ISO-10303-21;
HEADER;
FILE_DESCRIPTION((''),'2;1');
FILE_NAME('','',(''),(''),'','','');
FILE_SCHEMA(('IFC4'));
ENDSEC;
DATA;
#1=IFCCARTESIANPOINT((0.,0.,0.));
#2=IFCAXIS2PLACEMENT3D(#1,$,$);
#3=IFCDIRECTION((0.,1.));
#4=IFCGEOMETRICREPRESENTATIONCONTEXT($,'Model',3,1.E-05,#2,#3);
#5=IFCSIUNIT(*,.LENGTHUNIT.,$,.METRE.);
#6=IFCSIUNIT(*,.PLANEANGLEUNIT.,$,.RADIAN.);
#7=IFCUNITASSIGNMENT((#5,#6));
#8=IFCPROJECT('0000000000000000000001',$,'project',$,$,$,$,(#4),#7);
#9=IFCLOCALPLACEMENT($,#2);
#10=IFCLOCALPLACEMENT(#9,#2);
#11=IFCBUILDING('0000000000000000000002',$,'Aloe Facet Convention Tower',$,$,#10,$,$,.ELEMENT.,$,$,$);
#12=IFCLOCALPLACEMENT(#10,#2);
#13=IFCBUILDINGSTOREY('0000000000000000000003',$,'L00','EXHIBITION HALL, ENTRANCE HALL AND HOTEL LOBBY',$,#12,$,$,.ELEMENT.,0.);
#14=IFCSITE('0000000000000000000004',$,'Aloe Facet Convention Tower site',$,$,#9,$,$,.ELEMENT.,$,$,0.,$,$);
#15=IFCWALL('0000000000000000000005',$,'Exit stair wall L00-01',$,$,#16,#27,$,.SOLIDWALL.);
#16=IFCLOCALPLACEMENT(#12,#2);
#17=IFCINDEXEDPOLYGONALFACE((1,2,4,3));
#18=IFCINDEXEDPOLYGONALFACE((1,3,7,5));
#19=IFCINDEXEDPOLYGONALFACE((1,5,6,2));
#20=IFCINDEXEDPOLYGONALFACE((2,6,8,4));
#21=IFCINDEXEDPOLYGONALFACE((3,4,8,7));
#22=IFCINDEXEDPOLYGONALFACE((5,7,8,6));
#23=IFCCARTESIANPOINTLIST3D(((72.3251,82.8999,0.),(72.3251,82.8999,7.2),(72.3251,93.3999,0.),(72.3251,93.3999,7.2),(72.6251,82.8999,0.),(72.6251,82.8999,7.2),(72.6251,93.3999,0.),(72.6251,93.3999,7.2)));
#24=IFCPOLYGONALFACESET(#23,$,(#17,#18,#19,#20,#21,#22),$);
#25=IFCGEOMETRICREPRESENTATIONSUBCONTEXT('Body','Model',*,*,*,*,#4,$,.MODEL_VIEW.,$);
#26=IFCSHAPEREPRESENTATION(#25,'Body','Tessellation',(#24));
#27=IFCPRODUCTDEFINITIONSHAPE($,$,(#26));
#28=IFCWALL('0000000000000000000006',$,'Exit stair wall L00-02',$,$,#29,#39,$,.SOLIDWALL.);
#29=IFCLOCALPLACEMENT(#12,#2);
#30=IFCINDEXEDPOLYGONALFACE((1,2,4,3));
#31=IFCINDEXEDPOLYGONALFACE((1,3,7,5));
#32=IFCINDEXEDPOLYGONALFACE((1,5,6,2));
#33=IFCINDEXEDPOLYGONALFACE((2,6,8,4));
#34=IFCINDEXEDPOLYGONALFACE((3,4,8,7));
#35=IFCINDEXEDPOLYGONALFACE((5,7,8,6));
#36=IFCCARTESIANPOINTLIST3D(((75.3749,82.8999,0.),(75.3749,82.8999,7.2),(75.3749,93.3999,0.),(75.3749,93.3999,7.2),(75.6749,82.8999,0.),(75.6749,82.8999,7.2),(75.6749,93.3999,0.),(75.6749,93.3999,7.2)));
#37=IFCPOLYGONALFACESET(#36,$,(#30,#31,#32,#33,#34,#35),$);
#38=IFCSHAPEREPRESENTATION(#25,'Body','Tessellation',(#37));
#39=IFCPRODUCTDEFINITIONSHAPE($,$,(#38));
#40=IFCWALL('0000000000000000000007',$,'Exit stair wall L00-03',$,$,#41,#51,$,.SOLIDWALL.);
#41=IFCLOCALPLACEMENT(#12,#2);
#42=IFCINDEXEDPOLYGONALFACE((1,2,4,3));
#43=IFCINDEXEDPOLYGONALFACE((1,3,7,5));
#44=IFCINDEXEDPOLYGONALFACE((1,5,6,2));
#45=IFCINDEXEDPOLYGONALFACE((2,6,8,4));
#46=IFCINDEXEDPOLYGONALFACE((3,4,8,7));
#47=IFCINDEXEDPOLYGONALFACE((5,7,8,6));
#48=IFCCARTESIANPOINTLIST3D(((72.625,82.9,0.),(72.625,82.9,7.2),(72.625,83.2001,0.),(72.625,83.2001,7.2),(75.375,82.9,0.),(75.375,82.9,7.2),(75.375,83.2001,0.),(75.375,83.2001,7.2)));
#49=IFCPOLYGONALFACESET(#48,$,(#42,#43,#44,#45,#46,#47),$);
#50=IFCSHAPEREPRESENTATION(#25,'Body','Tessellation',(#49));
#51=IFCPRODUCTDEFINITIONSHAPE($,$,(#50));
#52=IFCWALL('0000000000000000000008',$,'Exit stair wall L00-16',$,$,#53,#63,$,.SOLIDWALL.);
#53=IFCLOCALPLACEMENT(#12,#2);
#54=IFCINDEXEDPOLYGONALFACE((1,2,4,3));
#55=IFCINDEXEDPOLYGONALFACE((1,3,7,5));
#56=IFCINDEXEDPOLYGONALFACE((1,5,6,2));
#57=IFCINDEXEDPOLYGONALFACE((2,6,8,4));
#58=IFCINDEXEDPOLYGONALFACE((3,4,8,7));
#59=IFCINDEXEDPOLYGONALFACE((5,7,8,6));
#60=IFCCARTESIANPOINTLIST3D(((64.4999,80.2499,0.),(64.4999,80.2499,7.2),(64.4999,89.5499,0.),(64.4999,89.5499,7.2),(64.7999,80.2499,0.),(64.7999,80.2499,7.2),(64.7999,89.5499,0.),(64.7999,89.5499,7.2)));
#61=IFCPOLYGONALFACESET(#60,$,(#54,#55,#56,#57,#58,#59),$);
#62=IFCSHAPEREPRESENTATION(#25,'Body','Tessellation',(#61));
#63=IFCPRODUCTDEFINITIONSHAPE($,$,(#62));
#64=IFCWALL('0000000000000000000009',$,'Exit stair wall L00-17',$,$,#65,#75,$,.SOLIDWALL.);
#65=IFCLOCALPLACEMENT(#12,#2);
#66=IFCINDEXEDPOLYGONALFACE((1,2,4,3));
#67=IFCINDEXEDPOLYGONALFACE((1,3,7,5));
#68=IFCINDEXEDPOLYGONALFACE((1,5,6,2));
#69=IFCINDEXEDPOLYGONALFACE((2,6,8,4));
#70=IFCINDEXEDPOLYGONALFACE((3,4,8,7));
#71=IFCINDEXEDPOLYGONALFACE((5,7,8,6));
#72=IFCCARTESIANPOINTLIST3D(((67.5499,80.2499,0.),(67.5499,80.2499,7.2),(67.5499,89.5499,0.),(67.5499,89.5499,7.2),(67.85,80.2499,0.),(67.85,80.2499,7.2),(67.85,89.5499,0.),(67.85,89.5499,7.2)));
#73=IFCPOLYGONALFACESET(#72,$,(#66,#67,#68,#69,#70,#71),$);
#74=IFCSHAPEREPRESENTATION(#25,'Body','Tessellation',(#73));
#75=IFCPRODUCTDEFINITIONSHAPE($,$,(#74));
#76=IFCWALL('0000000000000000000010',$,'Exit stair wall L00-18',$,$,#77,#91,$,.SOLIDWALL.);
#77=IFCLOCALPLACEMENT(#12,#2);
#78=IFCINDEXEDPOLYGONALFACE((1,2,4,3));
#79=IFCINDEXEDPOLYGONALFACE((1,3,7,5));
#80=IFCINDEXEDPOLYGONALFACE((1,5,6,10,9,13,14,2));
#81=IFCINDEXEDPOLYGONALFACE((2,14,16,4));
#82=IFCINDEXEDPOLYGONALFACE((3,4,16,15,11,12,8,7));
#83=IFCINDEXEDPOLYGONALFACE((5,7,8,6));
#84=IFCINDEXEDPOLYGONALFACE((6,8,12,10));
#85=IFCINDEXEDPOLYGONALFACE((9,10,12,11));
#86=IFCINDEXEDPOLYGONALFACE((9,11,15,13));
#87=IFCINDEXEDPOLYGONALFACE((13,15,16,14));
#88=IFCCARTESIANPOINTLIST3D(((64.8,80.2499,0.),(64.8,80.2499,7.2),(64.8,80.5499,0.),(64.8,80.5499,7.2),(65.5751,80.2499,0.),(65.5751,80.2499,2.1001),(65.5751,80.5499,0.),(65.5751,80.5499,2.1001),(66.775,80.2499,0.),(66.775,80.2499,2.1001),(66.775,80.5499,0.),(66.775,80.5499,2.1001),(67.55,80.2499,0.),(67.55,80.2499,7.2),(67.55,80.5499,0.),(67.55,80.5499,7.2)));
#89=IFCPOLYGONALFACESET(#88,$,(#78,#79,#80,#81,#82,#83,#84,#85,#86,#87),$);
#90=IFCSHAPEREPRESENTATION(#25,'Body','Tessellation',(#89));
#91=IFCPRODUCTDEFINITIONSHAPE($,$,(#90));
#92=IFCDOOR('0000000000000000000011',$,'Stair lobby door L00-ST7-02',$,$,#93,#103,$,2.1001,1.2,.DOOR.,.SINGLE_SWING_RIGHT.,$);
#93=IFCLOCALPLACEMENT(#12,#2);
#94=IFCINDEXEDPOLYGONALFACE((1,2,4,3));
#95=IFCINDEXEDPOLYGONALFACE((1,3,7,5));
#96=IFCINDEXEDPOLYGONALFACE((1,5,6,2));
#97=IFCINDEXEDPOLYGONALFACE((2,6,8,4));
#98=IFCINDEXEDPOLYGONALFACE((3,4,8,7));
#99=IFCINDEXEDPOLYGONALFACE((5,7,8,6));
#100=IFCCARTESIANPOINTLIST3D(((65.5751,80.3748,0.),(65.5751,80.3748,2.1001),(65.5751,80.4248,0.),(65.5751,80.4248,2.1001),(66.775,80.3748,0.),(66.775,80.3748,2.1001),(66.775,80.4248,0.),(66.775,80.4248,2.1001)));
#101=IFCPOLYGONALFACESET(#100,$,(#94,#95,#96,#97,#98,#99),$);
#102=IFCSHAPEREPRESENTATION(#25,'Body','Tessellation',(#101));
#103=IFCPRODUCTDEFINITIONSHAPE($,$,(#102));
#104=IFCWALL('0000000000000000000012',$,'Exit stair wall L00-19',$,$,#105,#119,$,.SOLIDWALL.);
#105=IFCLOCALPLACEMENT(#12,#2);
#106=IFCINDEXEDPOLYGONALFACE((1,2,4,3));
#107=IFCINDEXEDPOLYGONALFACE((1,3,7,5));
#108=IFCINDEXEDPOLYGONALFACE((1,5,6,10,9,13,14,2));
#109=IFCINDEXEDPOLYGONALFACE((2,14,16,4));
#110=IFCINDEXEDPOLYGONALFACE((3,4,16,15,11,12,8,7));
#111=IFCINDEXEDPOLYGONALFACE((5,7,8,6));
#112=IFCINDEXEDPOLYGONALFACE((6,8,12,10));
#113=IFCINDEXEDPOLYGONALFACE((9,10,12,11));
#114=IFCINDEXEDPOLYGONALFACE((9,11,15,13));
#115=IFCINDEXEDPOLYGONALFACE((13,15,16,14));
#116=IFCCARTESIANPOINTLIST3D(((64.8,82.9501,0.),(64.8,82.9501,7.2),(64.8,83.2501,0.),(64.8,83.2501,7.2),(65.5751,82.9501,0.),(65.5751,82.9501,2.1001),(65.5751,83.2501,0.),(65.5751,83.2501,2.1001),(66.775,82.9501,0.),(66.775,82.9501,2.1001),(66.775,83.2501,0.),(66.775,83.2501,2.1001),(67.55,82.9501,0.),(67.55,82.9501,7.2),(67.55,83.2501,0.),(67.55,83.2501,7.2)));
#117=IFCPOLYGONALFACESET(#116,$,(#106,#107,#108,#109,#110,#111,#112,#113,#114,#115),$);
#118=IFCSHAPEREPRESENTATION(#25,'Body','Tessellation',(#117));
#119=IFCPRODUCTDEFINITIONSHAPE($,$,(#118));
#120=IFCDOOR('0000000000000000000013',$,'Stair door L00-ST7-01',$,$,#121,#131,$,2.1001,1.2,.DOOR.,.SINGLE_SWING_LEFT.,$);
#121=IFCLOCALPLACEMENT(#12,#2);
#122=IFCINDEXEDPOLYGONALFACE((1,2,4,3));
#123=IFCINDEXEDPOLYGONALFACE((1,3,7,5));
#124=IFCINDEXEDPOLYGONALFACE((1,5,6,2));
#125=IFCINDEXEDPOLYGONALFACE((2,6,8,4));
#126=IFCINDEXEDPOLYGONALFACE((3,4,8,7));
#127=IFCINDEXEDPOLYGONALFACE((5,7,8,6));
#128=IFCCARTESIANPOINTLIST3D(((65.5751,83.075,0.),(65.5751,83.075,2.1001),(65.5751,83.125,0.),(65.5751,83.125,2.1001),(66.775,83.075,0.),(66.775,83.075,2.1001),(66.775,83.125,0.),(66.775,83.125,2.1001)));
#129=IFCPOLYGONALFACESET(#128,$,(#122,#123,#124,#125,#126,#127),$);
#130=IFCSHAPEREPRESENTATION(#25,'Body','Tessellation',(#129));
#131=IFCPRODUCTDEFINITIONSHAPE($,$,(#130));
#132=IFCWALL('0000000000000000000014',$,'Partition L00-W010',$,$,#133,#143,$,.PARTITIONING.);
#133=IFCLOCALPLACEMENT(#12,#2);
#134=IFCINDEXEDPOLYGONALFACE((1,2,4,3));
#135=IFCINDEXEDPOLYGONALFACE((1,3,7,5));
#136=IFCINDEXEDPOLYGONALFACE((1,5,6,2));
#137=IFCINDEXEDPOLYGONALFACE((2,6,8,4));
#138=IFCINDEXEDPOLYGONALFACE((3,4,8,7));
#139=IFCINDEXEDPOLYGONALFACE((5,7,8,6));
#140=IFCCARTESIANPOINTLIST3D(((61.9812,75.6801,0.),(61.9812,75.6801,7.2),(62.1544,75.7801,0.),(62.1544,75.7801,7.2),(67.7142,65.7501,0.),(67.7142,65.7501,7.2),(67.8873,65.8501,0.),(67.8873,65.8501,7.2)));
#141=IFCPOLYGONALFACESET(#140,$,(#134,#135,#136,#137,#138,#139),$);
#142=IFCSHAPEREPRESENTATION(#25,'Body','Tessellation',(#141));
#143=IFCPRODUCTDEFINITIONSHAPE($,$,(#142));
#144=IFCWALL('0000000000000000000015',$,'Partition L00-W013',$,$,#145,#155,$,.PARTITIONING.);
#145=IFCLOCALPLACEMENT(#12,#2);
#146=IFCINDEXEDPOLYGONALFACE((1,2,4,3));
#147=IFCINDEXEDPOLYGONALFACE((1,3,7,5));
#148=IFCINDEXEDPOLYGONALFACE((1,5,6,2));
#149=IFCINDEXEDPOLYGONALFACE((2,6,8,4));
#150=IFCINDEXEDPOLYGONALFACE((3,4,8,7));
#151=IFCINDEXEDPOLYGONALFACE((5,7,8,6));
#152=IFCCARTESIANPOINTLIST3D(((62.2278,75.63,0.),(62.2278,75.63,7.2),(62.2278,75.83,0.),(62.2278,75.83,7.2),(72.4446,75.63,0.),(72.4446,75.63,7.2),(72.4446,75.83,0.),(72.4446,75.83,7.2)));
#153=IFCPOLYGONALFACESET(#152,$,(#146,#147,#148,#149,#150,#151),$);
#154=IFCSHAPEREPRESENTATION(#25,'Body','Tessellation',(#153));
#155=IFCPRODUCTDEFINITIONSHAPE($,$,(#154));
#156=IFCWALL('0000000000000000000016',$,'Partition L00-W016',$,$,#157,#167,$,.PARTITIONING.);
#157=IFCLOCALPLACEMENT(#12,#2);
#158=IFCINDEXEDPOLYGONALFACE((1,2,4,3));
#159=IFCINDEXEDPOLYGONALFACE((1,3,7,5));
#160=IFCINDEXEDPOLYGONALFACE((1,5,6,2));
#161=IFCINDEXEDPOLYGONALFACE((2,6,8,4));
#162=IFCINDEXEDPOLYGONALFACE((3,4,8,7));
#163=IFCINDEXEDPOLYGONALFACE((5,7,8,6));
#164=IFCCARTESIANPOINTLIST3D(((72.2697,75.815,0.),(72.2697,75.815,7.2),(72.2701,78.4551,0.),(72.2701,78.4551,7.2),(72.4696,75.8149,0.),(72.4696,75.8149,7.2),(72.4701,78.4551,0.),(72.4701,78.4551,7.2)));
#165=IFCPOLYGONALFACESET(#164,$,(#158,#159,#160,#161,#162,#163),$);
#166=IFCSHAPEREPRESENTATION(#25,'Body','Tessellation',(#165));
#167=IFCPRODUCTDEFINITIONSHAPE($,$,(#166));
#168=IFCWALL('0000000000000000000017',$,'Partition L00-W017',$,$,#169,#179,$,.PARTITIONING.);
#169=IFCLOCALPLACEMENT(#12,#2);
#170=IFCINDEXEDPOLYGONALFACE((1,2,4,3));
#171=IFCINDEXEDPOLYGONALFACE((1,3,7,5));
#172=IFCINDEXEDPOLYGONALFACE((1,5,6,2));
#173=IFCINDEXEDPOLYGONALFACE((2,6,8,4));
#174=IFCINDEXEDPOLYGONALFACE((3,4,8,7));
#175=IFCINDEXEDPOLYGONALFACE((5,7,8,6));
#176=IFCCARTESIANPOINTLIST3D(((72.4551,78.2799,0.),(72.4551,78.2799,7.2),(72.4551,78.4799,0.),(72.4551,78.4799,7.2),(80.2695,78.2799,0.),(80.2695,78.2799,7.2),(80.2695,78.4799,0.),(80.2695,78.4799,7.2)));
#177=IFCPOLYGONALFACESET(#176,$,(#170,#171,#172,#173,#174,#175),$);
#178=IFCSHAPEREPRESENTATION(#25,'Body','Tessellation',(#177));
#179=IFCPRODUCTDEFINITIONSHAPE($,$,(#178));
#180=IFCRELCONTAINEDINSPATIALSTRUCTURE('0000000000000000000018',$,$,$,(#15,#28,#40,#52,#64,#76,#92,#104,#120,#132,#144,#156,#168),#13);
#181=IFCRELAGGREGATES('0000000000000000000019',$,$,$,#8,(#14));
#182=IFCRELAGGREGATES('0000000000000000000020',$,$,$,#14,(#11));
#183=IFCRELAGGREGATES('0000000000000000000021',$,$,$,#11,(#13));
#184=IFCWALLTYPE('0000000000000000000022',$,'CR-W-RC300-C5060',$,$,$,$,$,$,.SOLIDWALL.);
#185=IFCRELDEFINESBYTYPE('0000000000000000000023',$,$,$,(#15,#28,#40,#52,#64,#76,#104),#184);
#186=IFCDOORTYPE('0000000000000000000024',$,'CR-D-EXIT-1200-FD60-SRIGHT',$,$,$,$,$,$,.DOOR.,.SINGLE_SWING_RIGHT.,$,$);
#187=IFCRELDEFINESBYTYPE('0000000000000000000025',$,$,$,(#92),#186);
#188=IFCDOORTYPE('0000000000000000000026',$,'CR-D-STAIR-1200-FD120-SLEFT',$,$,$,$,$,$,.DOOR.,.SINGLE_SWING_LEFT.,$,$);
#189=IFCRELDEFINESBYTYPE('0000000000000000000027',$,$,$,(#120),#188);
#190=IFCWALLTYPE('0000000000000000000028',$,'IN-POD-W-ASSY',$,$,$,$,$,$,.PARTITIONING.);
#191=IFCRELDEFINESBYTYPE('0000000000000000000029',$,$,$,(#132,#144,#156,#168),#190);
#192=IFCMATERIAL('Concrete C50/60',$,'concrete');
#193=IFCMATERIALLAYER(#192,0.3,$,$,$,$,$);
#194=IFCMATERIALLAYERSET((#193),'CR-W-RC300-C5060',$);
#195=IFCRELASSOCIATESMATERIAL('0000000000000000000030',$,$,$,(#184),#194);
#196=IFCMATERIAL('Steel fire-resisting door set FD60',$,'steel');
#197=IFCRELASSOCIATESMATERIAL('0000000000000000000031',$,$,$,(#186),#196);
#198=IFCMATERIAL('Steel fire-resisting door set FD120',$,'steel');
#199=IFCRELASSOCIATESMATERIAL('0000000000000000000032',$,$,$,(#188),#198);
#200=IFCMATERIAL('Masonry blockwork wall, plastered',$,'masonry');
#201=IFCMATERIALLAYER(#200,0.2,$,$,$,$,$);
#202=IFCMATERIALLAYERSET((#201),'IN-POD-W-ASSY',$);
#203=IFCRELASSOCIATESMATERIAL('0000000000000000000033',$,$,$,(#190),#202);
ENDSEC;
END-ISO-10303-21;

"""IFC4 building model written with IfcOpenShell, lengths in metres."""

from ifc_helpers import new_model, si_unit, direction, frame, frame_2d, origin, place, context, subcontext, project, spatial, rectangle, extrude, material, layer, layer_set, type_object, element, fill, save


model = new_model("IFC4")

# Units and contexts
model_context = context("Model", 3, precision=1e-05, world=origin(), true_north=direction((0.0, 1.0)))
body_context = subcontext(model_context, "Body", "Model", "MODEL_VIEW")
ifc_project = project(units=[si_unit("LENGTHUNIT", "METRE"), si_unit("PLANEANGLEUNIT", "RADIAN")], contexts=[model_context])

# Site, building, storey
site_placement = place(None, origin())
site = spatial("IfcSite", under=ifc_project, at=site_placement, Name="Aloe Facet Convention Tower site", CompositionType="ELEMENT", RefElevation=0.0)
building_placement = place(site_placement, origin())
building = spatial("IfcBuilding", under=site, at=building_placement, Name="Aloe Facet Convention Tower", CompositionType="ELEMENT")
storey_placement = place(building_placement, origin())
storey = spatial("IfcBuildingStorey", under=building, at=storey_placement, Name="L00", Description="EXHIBITION HALL, ENTRANCE HALL AND HOTEL LOBBY", CompositionType="ELEMENT", Elevation=0.0)

# Walls
ifc_material_1 = material(Name="Concrete C50/60", Category="concrete")
ifc_layer_1 = layer(ifc_material_1, 0.3)
ifc_layer_set_1 = layer_set([ifc_layer_1], Name="CR-W-RC300-C5060")
wall_type_1 = type_object("IfcWallType", Name="CR-W-RC300-C5060", PredefinedType="SOLIDWALL", material=ifc_layer_set_1)
for number, where, z_axis, x_axis, name in (
    (1, (72.4751, 82.8999, 0.0), (0.0, 0.0, 1.0), (0.0, 1.0, 0.0), "Exit stair wall L00-01"),
    (2, (75.5249, 82.8999, 0.0), (0.0, 0.0, 1.0), (0.0, 1.0, 0.0), "Exit stair wall L00-02"),
):
    element("IfcWall", number, at=place(storey_placement, frame(where, z_axis=z_axis, x_axis=x_axis)), inside=storey, type_object=wall_type_1, Name=name, PredefinedType="SOLIDWALL", context=body_context, shape_type="SweptSolid", body=[
        extrude(rectangle(XDim=10.5, YDim=0.3, at=frame_2d((5.25, 0.0))), origin(), (0.0, 0.0, 1.0), 7.2),
    ])
wall_1_placement = place(storey_placement, frame((72.625, 83.05, 0.0), z_axis=(0.0, 0.0, 1.0), x_axis=(1.0, 0.0, 0.0)))
element("IfcWall", 3, at=wall_1_placement, inside=storey, type_object=wall_type_1, Name="Exit stair wall L00-03", PredefinedType="SOLIDWALL", context=body_context, shape_type="SweptSolid", body=[
    extrude(rectangle(XDim=2.75, YDim=0.3, at=frame_2d((1.375, 0.0))), origin(), (0.0, 0.0, 1.0), 7.2),
])
for number, where, z_axis, x_axis, name in (
    (4, (64.6499, 80.25, 0.0), (0.0, 0.0, 1.0), (0.0, 1.0, 0.0), "Exit stair wall L00-16"),
    (5, (67.7, 80.25, 0.0), (0.0, 0.0, 1.0), (0.0, 1.0, 0.0), "Exit stair wall L00-17"),
):
    element("IfcWall", number, at=place(storey_placement, frame(where, z_axis=z_axis, x_axis=x_axis)), inside=storey, type_object=wall_type_1, Name=name, PredefinedType="SOLIDWALL", context=body_context, shape_type="SweptSolid", body=[
        extrude(rectangle(XDim=9.3, YDim=0.3, at=frame_2d((4.6499, 0.0))), origin(), (0.0, 0.0, 1.0), 7.2),
    ])

# Walls, openings, doors
wall_2_placement = place(storey_placement, frame((64.8, 80.3999, 0.0), z_axis=(0.0, 0.0, 1.0), x_axis=(1.0, 0.0, 0.0)))
wall_2 = element("IfcWall", 6, at=wall_2_placement, inside=storey, type_object=wall_type_1, Name="Exit stair wall L00-18", PredefinedType="SOLIDWALL", context=body_context, shape_type="SweptSolid", body=[
    extrude(rectangle(XDim=2.75, YDim=0.3, at=frame_2d((1.375, 0.0))), origin(), (0.0, 0.0, 1.0), 7.2),
])
opening_1_placement = place(wall_2_placement, frame((0.7749, 0.0, 0.0)))
opening_1 = element("IfcOpeningElement", 7, at=opening_1_placement, cuts=wall_2, PredefinedType="OPENING", context=body_context, shape_type="SweptSolid", body=[
    extrude(rectangle(XDim=1.2, YDim=2.1001, at=frame_2d((0.6001, 1.05))), frame((0.0, 0.1602, 0.0), z_axis=(0.0, -1.0, 0.0), x_axis=(1.0, 0.0, 0.0)), (0.0, 0.0, 1.0), 0.3201),
])
ifc_material_2 = material(Name="Steel fire-resisting door set FD60", Category="steel")
door_type_1 = type_object("IfcDoorType", Name="CR-D-EXIT-1200-FD60-SRIGHT", OperationType="SINGLE_SWING_RIGHT", PredefinedType="DOOR", material=ifc_material_2)
door_1_placement = place(opening_1_placement, origin())
door_1 = element("IfcDoor", 8, at=door_1_placement, inside=storey, type_object=door_type_1, Name="Stair lobby door L00-ST7-02", OperationType="SINGLE_SWING_RIGHT", OverallHeight=2.1001, OverallWidth=1.2, PredefinedType="DOOR", context=body_context, shape_type="SweptSolid", body=[
    extrude(rectangle(XDim=1.2, YDim=2.1001, at=frame_2d((0.6001, 1.05))), frame((0.0, 0.0249, 0.0), z_axis=(0.0, -1.0, 0.0), x_axis=(1.0, 0.0, 0.0)), (0.0, 0.0, 1.0), 0.05),
])
fill(opening_1, door_1)
wall_3_placement = place(storey_placement, frame((64.8, 83.1001, 0.0), z_axis=(0.0, 0.0, 1.0), x_axis=(1.0, 0.0, 0.0)))
wall_3 = element("IfcWall", 9, at=wall_3_placement, inside=storey, type_object=wall_type_1, Name="Exit stair wall L00-19", PredefinedType="SOLIDWALL", context=body_context, shape_type="SweptSolid", body=[
    extrude(rectangle(XDim=2.75, YDim=0.3, at=frame_2d((1.375, 0.0))), origin(), (0.0, 0.0, 1.0), 7.2),
])
opening_2_placement = place(wall_3_placement, frame((0.7749, 0.0, 0.0)))
opening_2 = element("IfcOpeningElement", 10, at=opening_2_placement, cuts=wall_3, PredefinedType="OPENING", context=body_context, shape_type="SweptSolid", body=[
    extrude(rectangle(XDim=1.2, YDim=2.1001, at=frame_2d((0.6001, 1.05))), frame((0.0, 0.1602, 0.0), z_axis=(0.0, -1.0, 0.0), x_axis=(1.0, 0.0, 0.0)), (0.0, 0.0, 1.0), 0.3201),
])
ifc_material_3 = material(Name="Steel fire-resisting door set FD120", Category="steel")
door_type_2 = type_object("IfcDoorType", Name="CR-D-STAIR-1200-FD120-SLEFT", OperationType="SINGLE_SWING_LEFT", PredefinedType="DOOR", material=ifc_material_3)
door_2_placement = place(opening_2_placement, origin())
door_2 = element("IfcDoor", 11, at=door_2_placement, inside=storey, type_object=door_type_2, Name="Stair door L00-ST7-01", OperationType="SINGLE_SWING_LEFT", OverallHeight=2.1001, OverallWidth=1.2, PredefinedType="DOOR", context=body_context, shape_type="SweptSolid", body=[
    extrude(rectangle(XDim=1.2, YDim=2.1001, at=frame_2d((0.6001, 1.05))), frame((0.0, 0.0249, 0.0), z_axis=(0.0, -1.0, 0.0), x_axis=(1.0, 0.0, 0.0)), (0.0, 0.0, 1.0), 0.05),
])
fill(opening_2, door_2)

# Walls
ifc_material_4 = material(Name="Masonry blockwork wall, plastered", Category="masonry")
ifc_layer_2 = layer(ifc_material_4, 0.2)
ifc_layer_set_2 = layer_set([ifc_layer_2], Name="IN-POD-W-ASSY")
wall_type_2 = type_object("IfcWallType", Name="IN-POD-W-ASSY", PredefinedType="PARTITIONING", material=ifc_layer_set_2)
wall_4_placement = place(storey_placement, frame((62.0679, 75.73, 0.0), z_axis=(0.0, 0.0, 1.0), x_axis=(0.499991, -0.866031, 0.0)))
element("IfcWall", 12, at=wall_4_placement, inside=storey, type_object=wall_type_2, Name="Partition L00-W010", PredefinedType="PARTITIONING", context=body_context, shape_type="SweptSolid", body=[
    extrude(rectangle(XDim=11.4661, YDim=0.2, at=frame_2d((5.7329, 0.0))), origin(), (0.0, 0.0, 1.0), 7.2),
])
wall_5_placement = place(storey_placement, frame((62.2278, 75.73, 0.0), z_axis=(0.0, 0.0, 1.0), x_axis=(1.0, 0.0, 0.0)))
element("IfcWall", 13, at=wall_5_placement, inside=storey, type_object=wall_type_2, Name="Partition L00-W013", PredefinedType="PARTITIONING", context=body_context, shape_type="SweptSolid", body=[
    extrude(rectangle(XDim=10.2168, YDim=0.2, at=frame_2d((5.1084, 0.0))), origin(), (0.0, 0.0, 1.0), 7.2),
])
wall_6_placement = place(storey_placement, frame((72.3696, 75.8149, 0.0), z_axis=(0.0, 0.0, 1.0), x_axis=(0.000185, 1.0, 0.0)))
element("IfcWall", 14, at=wall_6_placement, inside=storey, type_object=wall_type_2, Name="Partition L00-W016", PredefinedType="PARTITIONING", context=body_context, shape_type="SweptSolid", body=[
    extrude(rectangle(XDim=2.6401, YDim=0.2, at=frame_2d((1.3201, 0.0))), origin(), (0.0, 0.0, 1.0), 7.2),
])
wall_7_placement = place(storey_placement, frame((72.4551, 78.3799, 0.0), z_axis=(0.0, 0.0, 1.0), x_axis=(1.0, 0.0, 0.0)))
element("IfcWall", 15, at=wall_7_placement, inside=storey, type_object=wall_type_2, Name="Partition L00-W017", PredefinedType="PARTITIONING", context=body_context, shape_type="SweptSolid", body=[
    extrude(rectangle(XDim=7.8145, YDim=0.2, at=frame_2d((3.9072, 0.0))), origin(), (0.0, 0.0, 1.0), 7.2),
])

save(model, "model.ifc")
